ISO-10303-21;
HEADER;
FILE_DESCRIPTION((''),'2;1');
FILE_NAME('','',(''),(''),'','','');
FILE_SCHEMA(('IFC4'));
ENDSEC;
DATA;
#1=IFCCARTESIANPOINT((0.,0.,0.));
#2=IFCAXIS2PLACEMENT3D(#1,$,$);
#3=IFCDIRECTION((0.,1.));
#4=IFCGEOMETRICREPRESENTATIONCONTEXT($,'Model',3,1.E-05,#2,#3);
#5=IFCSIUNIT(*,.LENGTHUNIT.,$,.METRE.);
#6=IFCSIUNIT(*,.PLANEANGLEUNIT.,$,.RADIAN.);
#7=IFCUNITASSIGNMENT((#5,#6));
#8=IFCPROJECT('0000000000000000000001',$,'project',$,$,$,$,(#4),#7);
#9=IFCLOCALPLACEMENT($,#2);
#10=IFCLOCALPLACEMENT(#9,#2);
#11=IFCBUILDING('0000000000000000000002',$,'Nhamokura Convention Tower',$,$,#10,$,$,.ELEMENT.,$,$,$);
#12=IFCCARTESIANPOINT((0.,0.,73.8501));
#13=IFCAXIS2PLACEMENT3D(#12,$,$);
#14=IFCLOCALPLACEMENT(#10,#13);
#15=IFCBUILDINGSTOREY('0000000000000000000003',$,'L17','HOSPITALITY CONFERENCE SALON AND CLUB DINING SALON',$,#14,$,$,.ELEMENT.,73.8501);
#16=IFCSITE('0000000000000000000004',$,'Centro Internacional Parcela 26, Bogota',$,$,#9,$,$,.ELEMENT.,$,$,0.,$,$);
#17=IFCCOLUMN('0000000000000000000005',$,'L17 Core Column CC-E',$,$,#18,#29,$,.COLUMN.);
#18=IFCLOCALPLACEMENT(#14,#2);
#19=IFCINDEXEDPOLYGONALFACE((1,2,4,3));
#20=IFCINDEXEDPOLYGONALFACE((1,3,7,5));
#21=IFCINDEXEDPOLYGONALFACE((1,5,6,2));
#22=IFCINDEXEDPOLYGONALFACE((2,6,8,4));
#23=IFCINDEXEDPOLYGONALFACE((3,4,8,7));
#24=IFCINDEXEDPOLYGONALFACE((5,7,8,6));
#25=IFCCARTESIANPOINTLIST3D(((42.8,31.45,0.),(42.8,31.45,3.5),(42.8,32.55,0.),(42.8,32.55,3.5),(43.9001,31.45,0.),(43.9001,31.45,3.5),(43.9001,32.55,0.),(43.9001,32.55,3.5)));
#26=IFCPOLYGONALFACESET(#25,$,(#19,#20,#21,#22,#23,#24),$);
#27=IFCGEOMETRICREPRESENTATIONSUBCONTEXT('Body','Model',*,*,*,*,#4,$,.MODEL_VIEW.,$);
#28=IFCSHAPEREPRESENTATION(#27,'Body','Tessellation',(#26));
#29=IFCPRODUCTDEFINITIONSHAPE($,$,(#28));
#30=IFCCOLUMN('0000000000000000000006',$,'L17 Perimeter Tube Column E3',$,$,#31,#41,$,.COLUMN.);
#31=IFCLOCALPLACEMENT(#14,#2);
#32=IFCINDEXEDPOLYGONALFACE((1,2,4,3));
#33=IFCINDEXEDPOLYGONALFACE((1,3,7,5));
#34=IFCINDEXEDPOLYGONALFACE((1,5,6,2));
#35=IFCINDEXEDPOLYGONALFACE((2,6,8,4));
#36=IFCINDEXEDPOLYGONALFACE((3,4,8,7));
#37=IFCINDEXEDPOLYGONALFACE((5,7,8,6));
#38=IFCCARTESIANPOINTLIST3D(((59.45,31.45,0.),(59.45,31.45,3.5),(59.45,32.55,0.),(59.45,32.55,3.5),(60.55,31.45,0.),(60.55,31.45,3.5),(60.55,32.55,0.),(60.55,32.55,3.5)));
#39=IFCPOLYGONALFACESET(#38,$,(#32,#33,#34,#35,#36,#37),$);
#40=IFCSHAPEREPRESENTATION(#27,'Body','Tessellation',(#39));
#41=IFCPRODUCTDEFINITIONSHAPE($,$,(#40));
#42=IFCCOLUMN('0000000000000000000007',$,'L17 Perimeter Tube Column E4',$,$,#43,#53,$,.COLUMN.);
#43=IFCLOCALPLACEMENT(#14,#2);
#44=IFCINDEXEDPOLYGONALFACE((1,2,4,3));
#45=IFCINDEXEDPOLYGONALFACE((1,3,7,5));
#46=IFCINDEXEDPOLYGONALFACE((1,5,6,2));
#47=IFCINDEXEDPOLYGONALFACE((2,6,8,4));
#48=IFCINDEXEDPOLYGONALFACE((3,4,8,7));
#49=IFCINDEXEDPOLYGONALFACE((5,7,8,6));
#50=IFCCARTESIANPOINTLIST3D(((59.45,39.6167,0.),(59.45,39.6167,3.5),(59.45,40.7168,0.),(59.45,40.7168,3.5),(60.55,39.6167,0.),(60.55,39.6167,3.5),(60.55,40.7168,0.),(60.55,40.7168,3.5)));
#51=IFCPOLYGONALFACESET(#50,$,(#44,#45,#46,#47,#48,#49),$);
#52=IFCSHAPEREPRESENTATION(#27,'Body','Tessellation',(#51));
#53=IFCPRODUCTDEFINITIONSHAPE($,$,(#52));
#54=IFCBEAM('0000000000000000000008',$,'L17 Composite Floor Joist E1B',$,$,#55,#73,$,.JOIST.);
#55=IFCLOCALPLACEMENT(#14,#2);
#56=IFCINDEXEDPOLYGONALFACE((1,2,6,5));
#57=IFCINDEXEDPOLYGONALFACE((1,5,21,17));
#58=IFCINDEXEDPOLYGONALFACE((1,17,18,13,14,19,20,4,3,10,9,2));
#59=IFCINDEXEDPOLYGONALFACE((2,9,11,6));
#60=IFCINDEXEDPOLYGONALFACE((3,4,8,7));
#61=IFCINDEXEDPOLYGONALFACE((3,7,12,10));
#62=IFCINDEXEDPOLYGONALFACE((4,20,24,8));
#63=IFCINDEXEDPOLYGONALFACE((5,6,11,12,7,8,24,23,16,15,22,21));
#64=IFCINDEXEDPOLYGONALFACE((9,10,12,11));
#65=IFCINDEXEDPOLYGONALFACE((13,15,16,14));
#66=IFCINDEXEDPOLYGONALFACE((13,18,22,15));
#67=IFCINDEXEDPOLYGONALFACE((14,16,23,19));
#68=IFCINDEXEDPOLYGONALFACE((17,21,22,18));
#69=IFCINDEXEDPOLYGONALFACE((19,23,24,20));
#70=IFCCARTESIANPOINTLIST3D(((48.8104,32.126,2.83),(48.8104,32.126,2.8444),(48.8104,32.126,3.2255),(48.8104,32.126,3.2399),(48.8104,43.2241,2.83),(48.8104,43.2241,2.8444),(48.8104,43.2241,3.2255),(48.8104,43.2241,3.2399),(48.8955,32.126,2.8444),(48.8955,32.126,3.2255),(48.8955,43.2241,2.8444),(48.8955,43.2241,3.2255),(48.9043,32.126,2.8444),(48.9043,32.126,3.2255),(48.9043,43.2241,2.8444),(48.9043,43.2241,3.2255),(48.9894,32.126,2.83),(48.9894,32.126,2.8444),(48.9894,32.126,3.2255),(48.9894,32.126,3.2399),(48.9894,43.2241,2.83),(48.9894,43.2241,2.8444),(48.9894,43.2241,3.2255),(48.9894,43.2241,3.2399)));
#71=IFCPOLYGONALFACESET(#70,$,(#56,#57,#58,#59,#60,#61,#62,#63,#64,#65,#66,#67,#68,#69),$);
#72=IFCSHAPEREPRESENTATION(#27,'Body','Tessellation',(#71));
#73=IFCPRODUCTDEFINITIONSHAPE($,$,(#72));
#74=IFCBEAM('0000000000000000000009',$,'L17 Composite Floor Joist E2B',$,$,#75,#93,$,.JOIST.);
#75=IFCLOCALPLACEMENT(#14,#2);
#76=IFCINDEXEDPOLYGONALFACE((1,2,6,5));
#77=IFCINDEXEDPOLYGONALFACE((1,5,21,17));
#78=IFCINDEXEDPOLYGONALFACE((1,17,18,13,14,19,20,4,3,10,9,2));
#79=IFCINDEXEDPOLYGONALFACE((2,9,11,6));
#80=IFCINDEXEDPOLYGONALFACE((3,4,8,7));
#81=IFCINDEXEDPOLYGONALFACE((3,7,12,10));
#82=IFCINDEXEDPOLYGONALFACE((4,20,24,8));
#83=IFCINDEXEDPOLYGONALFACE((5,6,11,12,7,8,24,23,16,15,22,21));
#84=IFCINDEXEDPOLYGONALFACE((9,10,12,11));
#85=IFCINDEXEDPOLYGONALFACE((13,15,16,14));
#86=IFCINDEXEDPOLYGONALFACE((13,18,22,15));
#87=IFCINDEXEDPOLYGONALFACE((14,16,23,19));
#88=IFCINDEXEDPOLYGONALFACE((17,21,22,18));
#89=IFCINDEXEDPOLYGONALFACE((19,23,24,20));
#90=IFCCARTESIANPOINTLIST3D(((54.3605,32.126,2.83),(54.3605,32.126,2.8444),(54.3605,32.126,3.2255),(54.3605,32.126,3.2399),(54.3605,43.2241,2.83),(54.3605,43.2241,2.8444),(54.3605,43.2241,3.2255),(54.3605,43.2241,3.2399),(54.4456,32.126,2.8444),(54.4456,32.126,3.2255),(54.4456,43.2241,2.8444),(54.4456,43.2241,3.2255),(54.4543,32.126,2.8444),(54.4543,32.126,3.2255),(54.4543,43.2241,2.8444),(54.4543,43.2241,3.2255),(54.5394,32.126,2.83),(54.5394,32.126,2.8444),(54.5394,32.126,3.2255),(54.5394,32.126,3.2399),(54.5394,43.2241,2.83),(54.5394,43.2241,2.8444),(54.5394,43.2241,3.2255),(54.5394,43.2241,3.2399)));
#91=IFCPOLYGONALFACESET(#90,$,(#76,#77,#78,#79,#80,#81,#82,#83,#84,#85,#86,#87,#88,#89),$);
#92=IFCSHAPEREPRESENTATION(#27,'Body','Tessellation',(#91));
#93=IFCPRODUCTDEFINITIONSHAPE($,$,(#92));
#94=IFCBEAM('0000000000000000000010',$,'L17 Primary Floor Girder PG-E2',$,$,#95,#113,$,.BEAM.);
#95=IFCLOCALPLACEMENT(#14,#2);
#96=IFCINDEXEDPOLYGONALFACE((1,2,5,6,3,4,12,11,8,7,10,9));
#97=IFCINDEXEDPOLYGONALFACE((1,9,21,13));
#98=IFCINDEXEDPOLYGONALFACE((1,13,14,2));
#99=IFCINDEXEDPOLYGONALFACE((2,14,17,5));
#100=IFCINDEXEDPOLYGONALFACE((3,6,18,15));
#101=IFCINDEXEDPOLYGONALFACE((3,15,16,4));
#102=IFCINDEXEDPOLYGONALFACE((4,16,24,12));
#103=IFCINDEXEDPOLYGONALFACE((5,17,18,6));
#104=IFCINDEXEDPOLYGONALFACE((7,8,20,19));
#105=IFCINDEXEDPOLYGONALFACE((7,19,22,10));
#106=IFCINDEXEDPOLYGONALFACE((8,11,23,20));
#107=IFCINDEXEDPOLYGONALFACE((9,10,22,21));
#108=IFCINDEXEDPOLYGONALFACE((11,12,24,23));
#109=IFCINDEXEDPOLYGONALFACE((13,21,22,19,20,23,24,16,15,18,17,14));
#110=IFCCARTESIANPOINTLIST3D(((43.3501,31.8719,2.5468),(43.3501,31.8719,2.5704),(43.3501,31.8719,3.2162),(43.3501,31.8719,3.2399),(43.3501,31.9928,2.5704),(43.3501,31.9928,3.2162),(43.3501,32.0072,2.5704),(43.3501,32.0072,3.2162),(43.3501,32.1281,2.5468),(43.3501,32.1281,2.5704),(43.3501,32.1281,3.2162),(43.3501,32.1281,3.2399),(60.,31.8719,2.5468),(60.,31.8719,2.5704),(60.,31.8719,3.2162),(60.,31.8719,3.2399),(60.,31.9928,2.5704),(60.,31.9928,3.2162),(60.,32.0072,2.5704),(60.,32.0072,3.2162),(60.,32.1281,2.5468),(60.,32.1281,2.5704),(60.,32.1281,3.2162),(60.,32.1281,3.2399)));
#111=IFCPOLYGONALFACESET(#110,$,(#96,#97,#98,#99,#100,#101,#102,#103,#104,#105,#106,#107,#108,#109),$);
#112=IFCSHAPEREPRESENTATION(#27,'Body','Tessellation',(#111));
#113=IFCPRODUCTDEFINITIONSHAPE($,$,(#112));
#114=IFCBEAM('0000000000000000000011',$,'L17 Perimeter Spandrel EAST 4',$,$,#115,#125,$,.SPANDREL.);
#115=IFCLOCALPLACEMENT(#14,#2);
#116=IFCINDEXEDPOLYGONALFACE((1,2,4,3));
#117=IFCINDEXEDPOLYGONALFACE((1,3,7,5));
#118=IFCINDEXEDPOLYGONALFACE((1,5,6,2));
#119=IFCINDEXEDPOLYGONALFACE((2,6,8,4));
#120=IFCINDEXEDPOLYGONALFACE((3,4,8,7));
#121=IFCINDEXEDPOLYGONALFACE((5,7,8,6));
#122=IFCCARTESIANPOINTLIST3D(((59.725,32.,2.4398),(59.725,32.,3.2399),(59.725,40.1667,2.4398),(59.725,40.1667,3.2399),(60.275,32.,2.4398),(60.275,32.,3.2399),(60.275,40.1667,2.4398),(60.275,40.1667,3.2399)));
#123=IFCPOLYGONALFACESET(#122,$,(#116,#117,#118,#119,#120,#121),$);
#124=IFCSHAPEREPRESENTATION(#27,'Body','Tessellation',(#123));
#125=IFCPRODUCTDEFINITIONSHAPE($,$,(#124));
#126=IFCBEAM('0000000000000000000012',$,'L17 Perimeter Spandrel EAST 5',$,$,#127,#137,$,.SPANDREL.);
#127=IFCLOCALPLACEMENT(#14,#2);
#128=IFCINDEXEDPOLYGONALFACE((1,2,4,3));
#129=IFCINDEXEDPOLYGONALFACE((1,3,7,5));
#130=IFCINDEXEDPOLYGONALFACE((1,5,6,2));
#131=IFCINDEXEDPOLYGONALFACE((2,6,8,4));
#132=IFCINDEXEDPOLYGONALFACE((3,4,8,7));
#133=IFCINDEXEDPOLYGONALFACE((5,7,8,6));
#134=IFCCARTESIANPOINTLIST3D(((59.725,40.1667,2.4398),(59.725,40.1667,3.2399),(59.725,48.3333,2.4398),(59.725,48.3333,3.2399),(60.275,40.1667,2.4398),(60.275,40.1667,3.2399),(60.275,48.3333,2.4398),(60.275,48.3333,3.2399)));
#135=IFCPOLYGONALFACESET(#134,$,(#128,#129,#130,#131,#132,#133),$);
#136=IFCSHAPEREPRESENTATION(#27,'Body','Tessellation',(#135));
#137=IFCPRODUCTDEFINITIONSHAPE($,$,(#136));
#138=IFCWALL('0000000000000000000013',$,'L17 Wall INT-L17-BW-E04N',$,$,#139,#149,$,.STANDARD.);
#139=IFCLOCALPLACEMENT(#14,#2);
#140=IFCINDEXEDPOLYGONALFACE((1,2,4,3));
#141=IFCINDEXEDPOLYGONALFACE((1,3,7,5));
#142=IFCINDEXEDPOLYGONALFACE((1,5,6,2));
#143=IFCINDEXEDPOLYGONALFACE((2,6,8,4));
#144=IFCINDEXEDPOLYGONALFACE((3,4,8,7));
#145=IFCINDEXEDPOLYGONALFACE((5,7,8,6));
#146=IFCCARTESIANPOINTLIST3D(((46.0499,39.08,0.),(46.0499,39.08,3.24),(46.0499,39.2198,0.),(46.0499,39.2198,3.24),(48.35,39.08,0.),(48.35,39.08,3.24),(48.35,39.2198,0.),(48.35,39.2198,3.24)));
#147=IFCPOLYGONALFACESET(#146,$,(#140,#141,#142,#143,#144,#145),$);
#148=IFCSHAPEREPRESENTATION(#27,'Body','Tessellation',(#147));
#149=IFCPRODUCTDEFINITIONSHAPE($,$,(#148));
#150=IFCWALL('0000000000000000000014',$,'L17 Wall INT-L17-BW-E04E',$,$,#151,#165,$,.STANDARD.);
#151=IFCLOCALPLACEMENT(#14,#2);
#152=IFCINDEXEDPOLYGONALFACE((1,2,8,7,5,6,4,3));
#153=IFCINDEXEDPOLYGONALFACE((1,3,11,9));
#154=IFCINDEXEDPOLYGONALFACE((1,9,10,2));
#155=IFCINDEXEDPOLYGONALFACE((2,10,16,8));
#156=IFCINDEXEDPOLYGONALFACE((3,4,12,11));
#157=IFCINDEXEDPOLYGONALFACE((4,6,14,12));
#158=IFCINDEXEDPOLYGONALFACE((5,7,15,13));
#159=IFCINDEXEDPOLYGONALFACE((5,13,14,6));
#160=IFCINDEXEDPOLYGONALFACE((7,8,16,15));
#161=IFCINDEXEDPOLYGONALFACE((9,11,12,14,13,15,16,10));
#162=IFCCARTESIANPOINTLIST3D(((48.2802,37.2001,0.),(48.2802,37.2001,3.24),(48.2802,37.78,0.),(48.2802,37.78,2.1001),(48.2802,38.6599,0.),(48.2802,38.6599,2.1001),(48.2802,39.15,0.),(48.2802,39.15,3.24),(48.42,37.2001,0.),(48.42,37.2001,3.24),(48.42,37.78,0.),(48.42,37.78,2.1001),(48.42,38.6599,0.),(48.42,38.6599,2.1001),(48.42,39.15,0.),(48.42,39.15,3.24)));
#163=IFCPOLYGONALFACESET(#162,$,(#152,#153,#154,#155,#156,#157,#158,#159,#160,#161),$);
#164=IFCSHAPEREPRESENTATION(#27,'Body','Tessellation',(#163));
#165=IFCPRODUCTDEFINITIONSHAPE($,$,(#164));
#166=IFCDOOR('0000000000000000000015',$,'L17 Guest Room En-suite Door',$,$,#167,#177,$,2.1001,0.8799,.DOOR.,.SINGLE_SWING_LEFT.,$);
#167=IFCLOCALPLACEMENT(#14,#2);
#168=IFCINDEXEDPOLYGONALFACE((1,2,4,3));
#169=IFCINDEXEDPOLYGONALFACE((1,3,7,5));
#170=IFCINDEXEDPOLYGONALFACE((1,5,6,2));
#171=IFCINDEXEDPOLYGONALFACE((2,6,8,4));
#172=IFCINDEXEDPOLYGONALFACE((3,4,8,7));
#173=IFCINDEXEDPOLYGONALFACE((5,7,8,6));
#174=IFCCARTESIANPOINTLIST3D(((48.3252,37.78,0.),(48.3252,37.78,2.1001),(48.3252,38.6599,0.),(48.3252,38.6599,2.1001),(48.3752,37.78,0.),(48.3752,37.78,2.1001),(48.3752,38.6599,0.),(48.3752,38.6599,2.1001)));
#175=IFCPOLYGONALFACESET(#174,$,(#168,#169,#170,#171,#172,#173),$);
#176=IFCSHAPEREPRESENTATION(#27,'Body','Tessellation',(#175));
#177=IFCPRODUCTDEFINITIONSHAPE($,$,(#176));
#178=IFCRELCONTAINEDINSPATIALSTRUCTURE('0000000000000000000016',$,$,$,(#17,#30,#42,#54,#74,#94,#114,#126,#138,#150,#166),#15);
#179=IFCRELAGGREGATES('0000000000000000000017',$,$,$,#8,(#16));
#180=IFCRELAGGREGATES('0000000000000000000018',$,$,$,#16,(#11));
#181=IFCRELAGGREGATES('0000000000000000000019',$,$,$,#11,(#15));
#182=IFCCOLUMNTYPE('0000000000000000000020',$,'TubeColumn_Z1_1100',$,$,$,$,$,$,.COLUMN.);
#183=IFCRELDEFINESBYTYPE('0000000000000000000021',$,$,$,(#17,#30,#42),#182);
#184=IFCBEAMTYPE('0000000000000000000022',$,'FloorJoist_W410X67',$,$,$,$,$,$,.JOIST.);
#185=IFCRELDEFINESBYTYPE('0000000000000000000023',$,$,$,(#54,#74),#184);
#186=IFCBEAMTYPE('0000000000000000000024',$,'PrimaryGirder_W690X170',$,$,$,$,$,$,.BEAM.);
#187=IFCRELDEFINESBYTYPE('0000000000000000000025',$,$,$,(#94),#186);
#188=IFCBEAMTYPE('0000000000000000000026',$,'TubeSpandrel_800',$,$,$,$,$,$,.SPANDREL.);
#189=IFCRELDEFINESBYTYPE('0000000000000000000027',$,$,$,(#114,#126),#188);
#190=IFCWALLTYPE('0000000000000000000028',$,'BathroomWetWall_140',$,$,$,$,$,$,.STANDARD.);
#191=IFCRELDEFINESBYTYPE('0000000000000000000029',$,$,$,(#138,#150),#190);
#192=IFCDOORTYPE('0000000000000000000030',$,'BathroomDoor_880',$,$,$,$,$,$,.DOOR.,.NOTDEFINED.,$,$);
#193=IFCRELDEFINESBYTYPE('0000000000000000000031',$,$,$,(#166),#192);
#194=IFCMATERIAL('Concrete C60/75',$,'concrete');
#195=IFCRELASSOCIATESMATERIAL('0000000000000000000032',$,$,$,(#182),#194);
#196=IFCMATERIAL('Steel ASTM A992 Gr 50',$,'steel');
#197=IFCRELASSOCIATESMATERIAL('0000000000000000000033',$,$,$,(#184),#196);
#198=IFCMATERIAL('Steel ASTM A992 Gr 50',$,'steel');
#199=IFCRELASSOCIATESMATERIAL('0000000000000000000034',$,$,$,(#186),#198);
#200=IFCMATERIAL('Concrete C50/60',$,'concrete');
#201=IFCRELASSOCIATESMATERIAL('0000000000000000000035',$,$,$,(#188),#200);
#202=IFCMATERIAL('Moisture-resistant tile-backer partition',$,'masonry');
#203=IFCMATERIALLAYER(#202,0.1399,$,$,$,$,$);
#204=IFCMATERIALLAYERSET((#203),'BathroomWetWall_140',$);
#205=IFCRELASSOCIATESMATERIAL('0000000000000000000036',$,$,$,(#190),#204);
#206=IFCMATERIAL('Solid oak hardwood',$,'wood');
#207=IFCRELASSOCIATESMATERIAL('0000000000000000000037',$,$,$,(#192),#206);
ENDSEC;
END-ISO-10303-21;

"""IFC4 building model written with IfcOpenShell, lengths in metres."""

from ifc_helpers import new_model, si_unit, direction, frame, frame_2d, origin, origin_2d, place, context, subcontext, project, spatial, rectangle, i_section, extrude, material, layer, layer_set, material_profile, profile_set, type_object, element, fill, save


model = new_model("IFC4")

# Units and contexts
model_context = context("Model", 3, precision=1e-05, world=origin(), true_north=direction((0.0, 1.0)))
body_context = subcontext(model_context, "Body", "Model", "MODEL_VIEW")
ifc_project = project(units=[si_unit("LENGTHUNIT", "METRE"), si_unit("PLANEANGLEUNIT", "RADIAN")], contexts=[model_context])

# Site, building, storey
site_placement = place(None, origin())
site = spatial("IfcSite", under=ifc_project, at=site_placement, Name="Centro Internacional Parcela 26, Bogota", CompositionType="ELEMENT", RefElevation=0.0)
building_placement = place(site_placement, origin())
building = spatial("IfcBuilding", under=site, at=building_placement, Name="Nhamokura Convention Tower", CompositionType="ELEMENT")
storey_placement = place(building_placement, frame((0.0, 0.0, 73.8501)))
storey = spatial("IfcBuildingStorey", under=building, at=storey_placement, Name="L17", Description="HOSPITALITY CONFERENCE SALON AND CLUB DINING SALON", CompositionType="ELEMENT", Elevation=73.8501)

# Columns
ifc_material_1 = material(Name="Concrete C60/75", Category="concrete")
ifc_material_profile_1 = material_profile(ifc_material_1, rectangle(XDim=1.1001, YDim=1.1001, at=origin_2d()))
ifc_profile_set_1 = profile_set([ifc_material_profile_1], Name="Concrete C60/75")
column_type = type_object("IfcColumnType", Name="TubeColumn_Z1_1100", PredefinedType="COLUMN", material=ifc_profile_set_1)
for number, where, z_axis, x_axis, name in (
    (1, (43.3501, 32.0, 0.0), (0.0, 0.0, 1.0), (1.0, 0.0, 0.0), "L17 Core Column CC-E"),
    (2, (60.0, 32.0, 0.0), (0.0, 0.0, 1.0), (1.0, 0.0, 0.0), "L17 Perimeter Tube Column E3"),
    (3, (60.0, 40.1667, 0.0), (0.0, 0.0, 1.0), (1.0, 0.0, 0.0), "L17 Perimeter Tube Column E4"),
):
    element("IfcColumn", number, at=place(storey_placement, frame(where, z_axis=z_axis, x_axis=x_axis)), inside=storey, type_object=column_type, Name=name, PredefinedType="COLUMN", context=body_context, shape_type="SweptSolid", body=[
        extrude(rectangle(XDim=1.1001, YDim=1.1001, at=origin_2d()), origin(), (0.0, 0.0, 1.0), 3.5),
    ])

# Beams
ifc_material_2 = material(Name="Steel ASTM A992 Gr 50", Category="steel")
ifc_material_profile_2 = material_profile(ifc_material_2, i_section(OverallWidth=0.179, OverallDepth=0.4099, WebThickness=0.0088, FlangeThickness=0.0144, at=origin_2d()))
ifc_profile_set_2 = profile_set([ifc_material_profile_2], Name="Steel ASTM A992 Gr 50")
beam_type_1 = type_object("IfcBeamType", Name="FloorJoist_W410X67", PredefinedType="JOIST", material=ifc_profile_set_2)
for number, where, z_axis, x_axis, name in (
    (4, (48.8999, 32.126, 3.0349), (0.0, 1.0, 0.0), (-1.0, 0.0, 0.0), "L17 Composite Floor Joist E1B"),
    (5, (54.45, 32.126, 3.0349), (0.0, 1.0, 0.0), (-1.0, 0.0, 0.0), "L17 Composite Floor Joist E2B"),
):
    element("IfcBeam", number, at=place(storey_placement, frame(where, z_axis=z_axis, x_axis=x_axis)), inside=storey, type_object=beam_type_1, Name=name, PredefinedType="JOIST", context=body_context, shape_type="SweptSolid", body=[
        extrude(i_section(OverallWidth=0.179, OverallDepth=0.4099, WebThickness=0.0088, FlangeThickness=0.0144, at=origin_2d()), origin(), (0.0, 0.0, 1.0), 11.0981),
    ])
ifc_material_3 = material(Name="Steel ASTM A992 Gr 50", Category="steel")
ifc_material_profile_3 = material_profile(ifc_material_3, i_section(OverallWidth=0.2561, OverallDepth=0.6931, WebThickness=0.0144, FlangeThickness=0.0237, at=origin_2d()))
ifc_profile_set_3 = profile_set([ifc_material_profile_3], Name="Steel ASTM A992 Gr 50")
beam_type_2 = type_object("IfcBeamType", Name="PrimaryGirder_W690X170", PredefinedType="BEAM", material=ifc_profile_set_3)
beam_1_placement = place(storey_placement, frame((43.3501, 32.0, 2.8933), z_axis=(1.0, 0.0, 0.0), x_axis=(0.0, 1.0, 0.0)))
element("IfcBeam", 6, at=beam_1_placement, inside=storey, type_object=beam_type_2, Name="L17 Primary Floor Girder PG-E2", PredefinedType="BEAM", context=body_context, shape_type="SweptSolid", body=[
    extrude(i_section(OverallWidth=0.2561, OverallDepth=0.6931, WebThickness=0.0144, FlangeThickness=0.0237, at=origin_2d()), origin(), (0.0, 0.0, 1.0), 16.6499),
])
ifc_material_4 = material(Name="Concrete C50/60", Category="concrete")
ifc_material_profile_4 = material_profile(ifc_material_4, rectangle(XDim=0.55, YDim=0.8, at=origin_2d()))
ifc_profile_set_4 = profile_set([ifc_material_profile_4], Name="Concrete C50/60")
beam_type_3 = type_object("IfcBeamType", Name="TubeSpandrel_800", PredefinedType="SPANDREL", material=ifc_profile_set_4)
beam_2_placement = place(storey_placement, frame((60.0, 32.0, 2.8398), z_axis=(0.0, 1.0, 0.0), x_axis=(-1.0, 0.0, 0.0)))
element("IfcBeam", 7, at=beam_2_placement, inside=storey, type_object=beam_type_3, Name="L17 Perimeter Spandrel EAST 4", PredefinedType="SPANDREL", context=body_context, shape_type="SweptSolid", body=[
    extrude(rectangle(XDim=0.55, YDim=0.8, at=origin_2d()), origin(), (0.0, 0.0, 1.0), 8.1667),
])
beam_3_placement = place(storey_placement, frame((60.0, 40.1667, 2.8398), z_axis=(0.0, 1.0, 0.0), x_axis=(-1.0, 0.0, 0.0)))
element("IfcBeam", 8, at=beam_3_placement, inside=storey, type_object=beam_type_3, Name="L17 Perimeter Spandrel EAST 5", PredefinedType="SPANDREL", context=body_context, shape_type="SweptSolid", body=[
    extrude(rectangle(XDim=0.55, YDim=0.8, at=origin_2d()), origin(), (0.0, 0.0, 1.0), 8.1665),
])

# Wall
ifc_material_5 = material(Name="Moisture-resistant tile-backer partition", Category="masonry")
ifc_layer_1 = layer(ifc_material_5, 0.1399)
ifc_layer_set_1 = layer_set([ifc_layer_1], Name="BathroomWetWall_140")
wall_type_1 = type_object("IfcWallType", Name="BathroomWetWall_140", PredefinedType="STANDARD", material=ifc_layer_set_1)
wall_1_placement = place(storey_placement, frame((46.05, 39.1499, 0.0), z_axis=(0.0, 0.0, 1.0), x_axis=(1.0, 0.0, 0.0)))
element("IfcWall", 9, at=wall_1_placement, inside=storey, type_object=wall_type_1, Name="L17 Wall INT-L17-BW-E04N", PredefinedType="STANDARD", context=body_context, shape_type="SweptSolid", body=[
    extrude(rectangle(XDim=2.3, YDim=0.1399, at=frame_2d((1.1499, 0.0))), origin(), (0.0, 0.0, 1.0), 3.24),
])

# Wall, opening, door
wall_2_placement = place(storey_placement, frame((48.3501, 37.2, 0.0), z_axis=(0.0, 0.0, 1.0), x_axis=(0.0, 1.0, 0.0)))
wall_2 = element("IfcWall", 10, at=wall_2_placement, inside=storey, type_object=wall_type_1, Name="L17 Wall INT-L17-BW-E04E", PredefinedType="STANDARD", context=body_context, shape_type="SweptSolid", body=[
    extrude(rectangle(XDim=1.95, YDim=0.1399, at=frame_2d((0.9751, 0.0))), origin(), (0.0, 0.0, 1.0), 3.24),
])
opening_1_placement = place(wall_2_placement, frame((0.5801, 0.0, 0.0)))
opening_1 = element("IfcOpeningElement", 11, at=opening_1_placement, cuts=wall_2, PredefinedType="OPENING", context=body_context, shape_type="SweptSolid", body=[
    extrude(rectangle(XDim=0.8799, YDim=2.1001, at=frame_2d((0.4399, 1.05))), frame((0.0, 0.0798, 0.0), z_axis=(0.0, -1.0, 0.0), x_axis=(1.0, 0.0, 0.0)), (0.0, 0.0, 1.0), 0.1599),
])
ifc_material_6 = material(Name="Solid oak hardwood", Category="wood")
door_type_1 = type_object("IfcDoorType", Name="BathroomDoor_880", OperationType="NOTDEFINED", PredefinedType="DOOR", material=ifc_material_6)
door_1_placement = place(opening_1_placement, origin())
door_1 = element("IfcDoor", 12, at=door_1_placement, inside=storey, type_object=door_type_1, Name="L17 Guest Room En-suite Door", OperationType="SINGLE_SWING_LEFT", OverallHeight=2.1001, OverallWidth=0.8799, PredefinedType="DOOR", context=body_context, shape_type="SweptSolid", body=[
    extrude(rectangle(XDim=0.8799, YDim=2.1001, at=frame_2d((0.4399, 1.05))), frame((0.0, 0.0249, 0.0), z_axis=(0.0, -1.0, 0.0), x_axis=(1.0, 0.0, 0.0)), (0.0, 0.0, 1.0), 0.05),
])
fill(opening_1, door_1)

save(model, "model.ifc")
